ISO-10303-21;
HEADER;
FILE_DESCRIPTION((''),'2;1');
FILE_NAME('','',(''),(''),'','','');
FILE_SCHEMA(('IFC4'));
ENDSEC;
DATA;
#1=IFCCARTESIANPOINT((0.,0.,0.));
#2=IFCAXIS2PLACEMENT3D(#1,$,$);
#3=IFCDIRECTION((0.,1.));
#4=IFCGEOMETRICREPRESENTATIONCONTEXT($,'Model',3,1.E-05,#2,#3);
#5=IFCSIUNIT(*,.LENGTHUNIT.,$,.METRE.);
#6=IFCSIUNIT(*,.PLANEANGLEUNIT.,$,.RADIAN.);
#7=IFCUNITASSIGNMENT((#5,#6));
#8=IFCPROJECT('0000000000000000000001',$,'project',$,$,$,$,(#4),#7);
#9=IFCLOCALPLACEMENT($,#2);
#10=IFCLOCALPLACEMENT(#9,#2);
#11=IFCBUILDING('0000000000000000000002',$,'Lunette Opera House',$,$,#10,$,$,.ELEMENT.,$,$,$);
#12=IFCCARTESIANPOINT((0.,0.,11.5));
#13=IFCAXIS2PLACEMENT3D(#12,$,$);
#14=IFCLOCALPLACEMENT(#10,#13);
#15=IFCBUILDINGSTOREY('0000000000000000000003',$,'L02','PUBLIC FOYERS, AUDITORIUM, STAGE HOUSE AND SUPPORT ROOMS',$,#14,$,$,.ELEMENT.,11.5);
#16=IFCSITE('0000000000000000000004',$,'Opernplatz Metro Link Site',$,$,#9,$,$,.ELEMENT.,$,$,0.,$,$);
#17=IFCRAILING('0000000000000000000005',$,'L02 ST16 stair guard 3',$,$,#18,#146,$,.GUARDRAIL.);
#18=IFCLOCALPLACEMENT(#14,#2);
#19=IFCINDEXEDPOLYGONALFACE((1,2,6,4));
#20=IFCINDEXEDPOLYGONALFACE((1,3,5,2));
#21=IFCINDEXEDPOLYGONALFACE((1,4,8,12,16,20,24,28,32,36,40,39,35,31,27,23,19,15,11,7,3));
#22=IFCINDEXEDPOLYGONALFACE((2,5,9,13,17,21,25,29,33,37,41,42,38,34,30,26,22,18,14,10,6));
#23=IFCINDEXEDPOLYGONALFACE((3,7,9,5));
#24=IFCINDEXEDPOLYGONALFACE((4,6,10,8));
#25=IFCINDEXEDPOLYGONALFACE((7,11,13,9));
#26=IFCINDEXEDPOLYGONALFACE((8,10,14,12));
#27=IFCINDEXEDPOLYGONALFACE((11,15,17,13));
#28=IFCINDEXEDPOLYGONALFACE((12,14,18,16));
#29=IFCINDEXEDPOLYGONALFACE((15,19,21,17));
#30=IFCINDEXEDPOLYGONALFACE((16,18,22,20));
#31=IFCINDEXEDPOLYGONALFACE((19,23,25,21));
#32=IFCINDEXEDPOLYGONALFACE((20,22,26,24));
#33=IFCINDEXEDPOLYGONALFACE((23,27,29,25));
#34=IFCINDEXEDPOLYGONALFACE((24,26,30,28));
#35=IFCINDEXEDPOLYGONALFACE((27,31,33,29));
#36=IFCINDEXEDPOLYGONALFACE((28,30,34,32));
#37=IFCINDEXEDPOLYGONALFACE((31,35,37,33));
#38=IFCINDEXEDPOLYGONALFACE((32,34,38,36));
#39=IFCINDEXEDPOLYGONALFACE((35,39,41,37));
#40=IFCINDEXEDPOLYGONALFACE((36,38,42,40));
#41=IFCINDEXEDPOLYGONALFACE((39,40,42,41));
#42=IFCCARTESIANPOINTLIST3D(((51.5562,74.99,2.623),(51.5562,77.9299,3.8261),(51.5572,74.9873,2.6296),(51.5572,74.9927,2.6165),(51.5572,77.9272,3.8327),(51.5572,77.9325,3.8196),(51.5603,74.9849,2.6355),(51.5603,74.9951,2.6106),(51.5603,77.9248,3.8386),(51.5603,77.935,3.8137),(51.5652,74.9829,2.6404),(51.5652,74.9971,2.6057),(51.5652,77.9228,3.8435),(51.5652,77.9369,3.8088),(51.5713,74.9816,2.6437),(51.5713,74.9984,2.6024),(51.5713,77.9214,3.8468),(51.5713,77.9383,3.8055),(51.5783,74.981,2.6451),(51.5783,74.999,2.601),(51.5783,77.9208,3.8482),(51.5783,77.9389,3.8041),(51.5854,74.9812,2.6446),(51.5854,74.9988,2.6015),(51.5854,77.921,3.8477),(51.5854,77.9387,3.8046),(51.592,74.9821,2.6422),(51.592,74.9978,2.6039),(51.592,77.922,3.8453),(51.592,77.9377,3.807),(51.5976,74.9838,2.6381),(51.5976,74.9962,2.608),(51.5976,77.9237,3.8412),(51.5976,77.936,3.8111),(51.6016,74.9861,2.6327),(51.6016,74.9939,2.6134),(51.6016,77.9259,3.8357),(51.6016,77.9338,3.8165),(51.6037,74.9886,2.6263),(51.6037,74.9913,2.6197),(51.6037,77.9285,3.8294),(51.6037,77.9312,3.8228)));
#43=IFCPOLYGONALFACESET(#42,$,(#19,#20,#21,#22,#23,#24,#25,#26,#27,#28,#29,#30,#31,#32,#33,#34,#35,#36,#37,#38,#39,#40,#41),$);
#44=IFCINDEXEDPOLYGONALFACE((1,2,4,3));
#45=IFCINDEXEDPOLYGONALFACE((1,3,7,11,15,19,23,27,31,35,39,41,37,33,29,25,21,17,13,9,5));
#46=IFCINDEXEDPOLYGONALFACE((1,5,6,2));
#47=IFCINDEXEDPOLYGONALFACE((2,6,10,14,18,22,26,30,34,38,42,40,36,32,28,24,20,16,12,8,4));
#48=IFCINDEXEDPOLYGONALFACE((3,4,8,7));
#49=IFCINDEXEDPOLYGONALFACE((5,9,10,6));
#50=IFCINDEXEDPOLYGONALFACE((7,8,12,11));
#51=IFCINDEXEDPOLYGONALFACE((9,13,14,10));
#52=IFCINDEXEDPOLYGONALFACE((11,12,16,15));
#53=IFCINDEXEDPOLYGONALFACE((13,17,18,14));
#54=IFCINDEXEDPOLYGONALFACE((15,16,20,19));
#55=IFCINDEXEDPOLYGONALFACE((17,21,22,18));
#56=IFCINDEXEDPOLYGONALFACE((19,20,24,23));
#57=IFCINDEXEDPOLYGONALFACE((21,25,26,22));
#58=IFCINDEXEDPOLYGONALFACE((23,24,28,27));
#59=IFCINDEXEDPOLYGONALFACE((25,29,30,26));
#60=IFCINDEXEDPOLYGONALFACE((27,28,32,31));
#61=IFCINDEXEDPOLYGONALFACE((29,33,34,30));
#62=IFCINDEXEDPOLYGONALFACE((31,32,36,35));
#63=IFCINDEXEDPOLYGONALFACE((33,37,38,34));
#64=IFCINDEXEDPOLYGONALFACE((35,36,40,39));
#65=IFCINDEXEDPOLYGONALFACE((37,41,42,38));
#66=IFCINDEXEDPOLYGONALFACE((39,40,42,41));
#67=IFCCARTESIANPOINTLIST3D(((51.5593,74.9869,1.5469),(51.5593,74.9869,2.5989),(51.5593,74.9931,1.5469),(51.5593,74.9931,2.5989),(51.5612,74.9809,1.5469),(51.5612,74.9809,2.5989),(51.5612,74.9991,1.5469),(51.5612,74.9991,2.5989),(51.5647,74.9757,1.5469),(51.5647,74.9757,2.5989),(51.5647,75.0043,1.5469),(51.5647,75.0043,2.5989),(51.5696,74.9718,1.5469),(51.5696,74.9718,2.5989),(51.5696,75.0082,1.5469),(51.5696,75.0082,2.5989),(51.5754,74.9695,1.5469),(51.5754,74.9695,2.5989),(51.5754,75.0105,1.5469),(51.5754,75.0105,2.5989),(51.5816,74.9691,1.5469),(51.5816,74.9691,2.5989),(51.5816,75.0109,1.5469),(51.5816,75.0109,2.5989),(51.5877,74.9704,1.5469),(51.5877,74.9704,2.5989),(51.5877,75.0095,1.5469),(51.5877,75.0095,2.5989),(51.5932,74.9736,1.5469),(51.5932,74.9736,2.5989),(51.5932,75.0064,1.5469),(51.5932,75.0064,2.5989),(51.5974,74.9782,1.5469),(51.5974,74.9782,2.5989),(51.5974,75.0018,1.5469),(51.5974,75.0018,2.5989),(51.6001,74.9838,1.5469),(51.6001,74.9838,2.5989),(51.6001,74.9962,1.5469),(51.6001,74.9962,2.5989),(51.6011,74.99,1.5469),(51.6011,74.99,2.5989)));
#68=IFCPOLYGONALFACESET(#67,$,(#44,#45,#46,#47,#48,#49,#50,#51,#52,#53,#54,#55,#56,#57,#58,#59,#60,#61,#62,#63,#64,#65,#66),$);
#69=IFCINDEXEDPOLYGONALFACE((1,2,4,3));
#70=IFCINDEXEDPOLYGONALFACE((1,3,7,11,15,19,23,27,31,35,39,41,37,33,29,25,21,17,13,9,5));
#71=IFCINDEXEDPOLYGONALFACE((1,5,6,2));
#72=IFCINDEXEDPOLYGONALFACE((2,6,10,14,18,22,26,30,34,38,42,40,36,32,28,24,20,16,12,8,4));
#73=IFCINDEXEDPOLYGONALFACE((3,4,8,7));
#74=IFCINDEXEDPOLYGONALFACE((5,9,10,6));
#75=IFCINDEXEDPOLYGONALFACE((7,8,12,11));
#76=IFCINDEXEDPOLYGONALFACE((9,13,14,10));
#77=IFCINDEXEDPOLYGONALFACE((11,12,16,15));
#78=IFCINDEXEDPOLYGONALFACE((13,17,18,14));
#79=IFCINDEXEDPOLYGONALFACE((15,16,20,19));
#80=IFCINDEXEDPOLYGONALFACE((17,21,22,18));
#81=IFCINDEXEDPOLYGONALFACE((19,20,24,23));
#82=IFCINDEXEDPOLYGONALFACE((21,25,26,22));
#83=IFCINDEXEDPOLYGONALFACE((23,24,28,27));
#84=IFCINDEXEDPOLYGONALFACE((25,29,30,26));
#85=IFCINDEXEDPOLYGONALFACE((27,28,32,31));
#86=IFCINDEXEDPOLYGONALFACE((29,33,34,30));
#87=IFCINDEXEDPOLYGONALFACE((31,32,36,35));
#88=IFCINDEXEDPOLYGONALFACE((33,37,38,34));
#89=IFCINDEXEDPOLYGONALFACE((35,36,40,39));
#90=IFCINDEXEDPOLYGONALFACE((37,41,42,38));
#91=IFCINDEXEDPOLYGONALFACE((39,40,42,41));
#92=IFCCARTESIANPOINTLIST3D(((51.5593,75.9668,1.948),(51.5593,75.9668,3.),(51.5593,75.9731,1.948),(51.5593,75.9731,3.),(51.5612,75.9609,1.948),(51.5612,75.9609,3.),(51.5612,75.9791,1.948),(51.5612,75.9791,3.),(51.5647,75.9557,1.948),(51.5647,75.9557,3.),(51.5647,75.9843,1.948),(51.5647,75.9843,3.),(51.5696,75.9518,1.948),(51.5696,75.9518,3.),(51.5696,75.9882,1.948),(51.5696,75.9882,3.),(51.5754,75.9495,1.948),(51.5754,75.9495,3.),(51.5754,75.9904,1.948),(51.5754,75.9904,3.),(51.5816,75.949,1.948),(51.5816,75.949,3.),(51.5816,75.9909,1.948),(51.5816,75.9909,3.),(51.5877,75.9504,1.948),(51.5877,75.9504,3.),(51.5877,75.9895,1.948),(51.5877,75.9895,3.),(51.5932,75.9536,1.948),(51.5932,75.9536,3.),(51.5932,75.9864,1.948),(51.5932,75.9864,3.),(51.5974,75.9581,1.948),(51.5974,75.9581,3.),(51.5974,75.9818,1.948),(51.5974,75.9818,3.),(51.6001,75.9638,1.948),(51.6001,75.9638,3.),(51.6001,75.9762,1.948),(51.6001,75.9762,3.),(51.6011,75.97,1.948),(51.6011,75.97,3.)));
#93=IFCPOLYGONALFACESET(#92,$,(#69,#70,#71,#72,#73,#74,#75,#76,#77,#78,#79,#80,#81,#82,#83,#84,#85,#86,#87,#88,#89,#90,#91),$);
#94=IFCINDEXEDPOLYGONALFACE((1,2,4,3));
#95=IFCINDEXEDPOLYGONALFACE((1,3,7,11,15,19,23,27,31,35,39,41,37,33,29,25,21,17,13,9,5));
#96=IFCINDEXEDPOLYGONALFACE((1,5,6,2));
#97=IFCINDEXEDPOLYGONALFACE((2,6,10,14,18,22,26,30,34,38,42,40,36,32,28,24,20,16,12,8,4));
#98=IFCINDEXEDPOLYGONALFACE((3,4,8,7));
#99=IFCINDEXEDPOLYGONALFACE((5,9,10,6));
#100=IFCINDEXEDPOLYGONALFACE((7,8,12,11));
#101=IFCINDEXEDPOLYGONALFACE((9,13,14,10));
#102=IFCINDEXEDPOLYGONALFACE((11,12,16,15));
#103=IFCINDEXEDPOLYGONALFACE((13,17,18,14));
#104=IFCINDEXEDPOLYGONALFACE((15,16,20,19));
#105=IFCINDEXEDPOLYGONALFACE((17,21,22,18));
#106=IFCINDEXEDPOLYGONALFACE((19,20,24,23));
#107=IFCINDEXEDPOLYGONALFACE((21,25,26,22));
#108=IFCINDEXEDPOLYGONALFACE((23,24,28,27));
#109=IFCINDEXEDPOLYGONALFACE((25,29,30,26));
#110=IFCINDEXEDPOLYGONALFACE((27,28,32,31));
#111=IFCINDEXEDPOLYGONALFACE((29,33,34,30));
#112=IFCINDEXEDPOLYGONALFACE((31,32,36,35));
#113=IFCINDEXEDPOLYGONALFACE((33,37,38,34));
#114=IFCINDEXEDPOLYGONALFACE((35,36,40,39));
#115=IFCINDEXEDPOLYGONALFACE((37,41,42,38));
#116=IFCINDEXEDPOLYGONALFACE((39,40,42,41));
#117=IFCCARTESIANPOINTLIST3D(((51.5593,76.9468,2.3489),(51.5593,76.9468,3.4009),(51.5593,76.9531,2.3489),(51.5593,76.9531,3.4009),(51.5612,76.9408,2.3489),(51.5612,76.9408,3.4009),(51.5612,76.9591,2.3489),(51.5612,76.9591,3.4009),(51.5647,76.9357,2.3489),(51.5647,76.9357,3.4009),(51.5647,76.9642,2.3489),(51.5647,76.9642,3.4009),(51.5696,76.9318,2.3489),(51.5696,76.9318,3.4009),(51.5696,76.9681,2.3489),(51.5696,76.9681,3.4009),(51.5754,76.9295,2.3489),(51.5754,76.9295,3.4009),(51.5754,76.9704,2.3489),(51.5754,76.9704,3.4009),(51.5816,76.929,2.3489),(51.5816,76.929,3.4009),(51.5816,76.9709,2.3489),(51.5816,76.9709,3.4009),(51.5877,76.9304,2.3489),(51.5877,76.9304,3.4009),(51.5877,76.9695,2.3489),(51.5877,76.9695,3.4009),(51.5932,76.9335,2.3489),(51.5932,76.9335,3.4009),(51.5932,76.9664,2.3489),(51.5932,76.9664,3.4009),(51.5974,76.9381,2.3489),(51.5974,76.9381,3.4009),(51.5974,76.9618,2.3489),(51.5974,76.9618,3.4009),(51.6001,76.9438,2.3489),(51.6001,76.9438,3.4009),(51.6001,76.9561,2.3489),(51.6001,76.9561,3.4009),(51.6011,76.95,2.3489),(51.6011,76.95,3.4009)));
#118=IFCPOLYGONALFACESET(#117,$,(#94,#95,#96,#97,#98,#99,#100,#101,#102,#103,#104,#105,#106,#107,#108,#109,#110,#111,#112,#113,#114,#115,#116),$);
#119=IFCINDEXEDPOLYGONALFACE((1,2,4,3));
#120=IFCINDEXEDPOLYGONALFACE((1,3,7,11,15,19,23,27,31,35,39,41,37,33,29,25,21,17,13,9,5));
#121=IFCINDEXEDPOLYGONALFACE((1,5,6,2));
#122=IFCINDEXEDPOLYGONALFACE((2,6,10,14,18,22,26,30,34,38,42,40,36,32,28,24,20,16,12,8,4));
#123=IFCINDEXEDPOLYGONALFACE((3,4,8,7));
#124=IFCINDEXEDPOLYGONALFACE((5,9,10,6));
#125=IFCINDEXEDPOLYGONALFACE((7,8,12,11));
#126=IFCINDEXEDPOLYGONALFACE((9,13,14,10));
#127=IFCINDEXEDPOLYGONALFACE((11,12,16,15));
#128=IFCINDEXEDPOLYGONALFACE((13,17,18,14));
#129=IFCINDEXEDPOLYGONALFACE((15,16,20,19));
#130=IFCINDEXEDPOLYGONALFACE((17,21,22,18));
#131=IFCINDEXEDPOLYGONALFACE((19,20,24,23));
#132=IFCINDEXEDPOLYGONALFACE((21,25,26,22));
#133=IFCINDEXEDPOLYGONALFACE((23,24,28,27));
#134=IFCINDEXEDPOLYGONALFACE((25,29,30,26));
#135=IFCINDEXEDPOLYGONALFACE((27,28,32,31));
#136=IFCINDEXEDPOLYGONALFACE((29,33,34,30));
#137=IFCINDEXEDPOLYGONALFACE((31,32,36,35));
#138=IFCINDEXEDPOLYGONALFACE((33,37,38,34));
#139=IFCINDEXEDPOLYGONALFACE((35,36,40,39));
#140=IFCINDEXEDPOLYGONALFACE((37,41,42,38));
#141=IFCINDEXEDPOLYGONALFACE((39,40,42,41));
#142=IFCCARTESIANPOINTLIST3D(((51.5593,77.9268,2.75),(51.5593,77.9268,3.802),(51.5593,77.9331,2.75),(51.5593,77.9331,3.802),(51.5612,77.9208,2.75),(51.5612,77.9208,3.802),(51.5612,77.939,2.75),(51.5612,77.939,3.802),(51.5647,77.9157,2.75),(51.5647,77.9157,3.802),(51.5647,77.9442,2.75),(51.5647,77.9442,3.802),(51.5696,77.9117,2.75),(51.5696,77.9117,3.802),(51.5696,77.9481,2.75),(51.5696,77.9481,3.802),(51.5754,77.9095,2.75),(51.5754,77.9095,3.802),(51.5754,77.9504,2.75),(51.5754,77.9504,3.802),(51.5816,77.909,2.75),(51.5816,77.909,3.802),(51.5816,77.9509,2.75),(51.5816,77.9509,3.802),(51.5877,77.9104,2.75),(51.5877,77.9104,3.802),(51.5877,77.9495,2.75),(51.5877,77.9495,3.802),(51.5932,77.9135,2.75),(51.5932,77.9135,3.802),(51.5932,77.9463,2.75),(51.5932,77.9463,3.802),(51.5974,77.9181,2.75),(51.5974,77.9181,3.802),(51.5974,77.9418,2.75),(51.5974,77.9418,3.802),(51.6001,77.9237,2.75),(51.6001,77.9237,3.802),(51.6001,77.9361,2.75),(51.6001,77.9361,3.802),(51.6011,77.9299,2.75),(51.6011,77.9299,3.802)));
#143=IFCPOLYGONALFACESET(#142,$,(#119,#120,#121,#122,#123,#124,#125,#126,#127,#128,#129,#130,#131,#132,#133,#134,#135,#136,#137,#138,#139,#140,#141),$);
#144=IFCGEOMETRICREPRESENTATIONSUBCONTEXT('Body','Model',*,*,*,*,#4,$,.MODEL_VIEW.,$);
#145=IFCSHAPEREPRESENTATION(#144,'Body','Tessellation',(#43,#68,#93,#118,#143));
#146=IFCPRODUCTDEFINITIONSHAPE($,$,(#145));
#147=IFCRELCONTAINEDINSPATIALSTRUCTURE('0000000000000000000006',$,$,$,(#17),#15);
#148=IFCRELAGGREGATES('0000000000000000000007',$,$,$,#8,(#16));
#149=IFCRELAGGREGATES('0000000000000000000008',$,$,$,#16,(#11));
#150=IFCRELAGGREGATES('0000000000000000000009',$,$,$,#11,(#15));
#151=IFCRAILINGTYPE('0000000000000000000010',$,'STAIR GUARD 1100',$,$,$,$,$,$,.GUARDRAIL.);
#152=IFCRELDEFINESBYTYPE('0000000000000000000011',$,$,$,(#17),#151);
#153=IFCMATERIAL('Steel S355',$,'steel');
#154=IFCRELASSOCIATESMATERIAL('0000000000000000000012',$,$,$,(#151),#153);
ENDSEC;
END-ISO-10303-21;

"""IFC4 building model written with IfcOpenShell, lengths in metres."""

from ifc_helpers import new_model, si_unit, direction, frame, origin, origin_2d, place, context, subcontext, project, spatial, circle, extrude, material, type_object, element, save


model = new_model("IFC4")

# Units and contexts
model_context = context("Model", 3, precision=1e-05, world=origin(), true_north=direction((0.0, 1.0)))
body_context = subcontext(model_context, "Body", "Model", "MODEL_VIEW")
ifc_project = project(units=[si_unit("LENGTHUNIT", "METRE"), si_unit("PLANEANGLEUNIT", "RADIAN")], contexts=[model_context])

# Site, building, storey
site_placement = place(None, origin())
site = spatial("IfcSite", under=ifc_project, at=site_placement, Name="Opernplatz Metro Link Site", CompositionType="ELEMENT", RefElevation=0.0)
building_placement = place(site_placement, origin())
building = spatial("IfcBuilding", under=site, at=building_placement, Name="Lunette Opera House", CompositionType="ELEMENT")
storey_placement = place(building_placement, frame((0.0, 0.0, 11.5)))
storey = spatial("IfcBuildingStorey", under=building, at=storey_placement, Name="L02", Description="PUBLIC FOYERS, AUDITORIUM, STAGE HOUSE AND SUPPORT ROOMS", CompositionType="ELEMENT", Elevation=11.5)

# Railing
ifc_material_1 = material(Name="Steel S355", Category="steel")
railing_type_1 = type_object("IfcRailingType", Name="STAIR GUARD 1100", PredefinedType="GUARDRAIL", material=ifc_material_1)
railing_1_placement = place(storey_placement, frame((51.5801, 74.99, 1.5469)))
element("IfcRailing", 1, at=railing_1_placement, inside=storey, type_object=railing_type_1, Name="L02 ST16 stair guard 3", PredefinedType="GUARDRAIL", context=body_context, shape_type="SweptSolid", body=[
    extrude(circle(Radius=0.0239, at=origin_2d()), frame((0.0, 0.0, 1.0762), z_axis=(0.0, 0.9255, 0.378747), x_axis=(-1.0, 0.0, 0.0)), (0.0, 0.0, 1.0), 3.1765),
    extrude(circle(Radius=0.021, at=origin_2d()), origin(), (0.0, 0.0, 1.0), 1.052),
    extrude(circle(Radius=0.021, at=origin_2d()), frame((0.0, 0.98, 0.4011)), (0.0, 0.0, 1.0), 1.052),
    extrude(circle(Radius=0.021, at=origin_2d()), frame((0.0, 1.96, 0.802)), (0.0, 0.0, 1.0), 1.052),
    extrude(circle(Radius=0.021, at=origin_2d()), frame((0.0, 2.9399, 1.2031)), (0.0, 0.0, 1.0), 1.052),
])

save(model, "model.ifc")
